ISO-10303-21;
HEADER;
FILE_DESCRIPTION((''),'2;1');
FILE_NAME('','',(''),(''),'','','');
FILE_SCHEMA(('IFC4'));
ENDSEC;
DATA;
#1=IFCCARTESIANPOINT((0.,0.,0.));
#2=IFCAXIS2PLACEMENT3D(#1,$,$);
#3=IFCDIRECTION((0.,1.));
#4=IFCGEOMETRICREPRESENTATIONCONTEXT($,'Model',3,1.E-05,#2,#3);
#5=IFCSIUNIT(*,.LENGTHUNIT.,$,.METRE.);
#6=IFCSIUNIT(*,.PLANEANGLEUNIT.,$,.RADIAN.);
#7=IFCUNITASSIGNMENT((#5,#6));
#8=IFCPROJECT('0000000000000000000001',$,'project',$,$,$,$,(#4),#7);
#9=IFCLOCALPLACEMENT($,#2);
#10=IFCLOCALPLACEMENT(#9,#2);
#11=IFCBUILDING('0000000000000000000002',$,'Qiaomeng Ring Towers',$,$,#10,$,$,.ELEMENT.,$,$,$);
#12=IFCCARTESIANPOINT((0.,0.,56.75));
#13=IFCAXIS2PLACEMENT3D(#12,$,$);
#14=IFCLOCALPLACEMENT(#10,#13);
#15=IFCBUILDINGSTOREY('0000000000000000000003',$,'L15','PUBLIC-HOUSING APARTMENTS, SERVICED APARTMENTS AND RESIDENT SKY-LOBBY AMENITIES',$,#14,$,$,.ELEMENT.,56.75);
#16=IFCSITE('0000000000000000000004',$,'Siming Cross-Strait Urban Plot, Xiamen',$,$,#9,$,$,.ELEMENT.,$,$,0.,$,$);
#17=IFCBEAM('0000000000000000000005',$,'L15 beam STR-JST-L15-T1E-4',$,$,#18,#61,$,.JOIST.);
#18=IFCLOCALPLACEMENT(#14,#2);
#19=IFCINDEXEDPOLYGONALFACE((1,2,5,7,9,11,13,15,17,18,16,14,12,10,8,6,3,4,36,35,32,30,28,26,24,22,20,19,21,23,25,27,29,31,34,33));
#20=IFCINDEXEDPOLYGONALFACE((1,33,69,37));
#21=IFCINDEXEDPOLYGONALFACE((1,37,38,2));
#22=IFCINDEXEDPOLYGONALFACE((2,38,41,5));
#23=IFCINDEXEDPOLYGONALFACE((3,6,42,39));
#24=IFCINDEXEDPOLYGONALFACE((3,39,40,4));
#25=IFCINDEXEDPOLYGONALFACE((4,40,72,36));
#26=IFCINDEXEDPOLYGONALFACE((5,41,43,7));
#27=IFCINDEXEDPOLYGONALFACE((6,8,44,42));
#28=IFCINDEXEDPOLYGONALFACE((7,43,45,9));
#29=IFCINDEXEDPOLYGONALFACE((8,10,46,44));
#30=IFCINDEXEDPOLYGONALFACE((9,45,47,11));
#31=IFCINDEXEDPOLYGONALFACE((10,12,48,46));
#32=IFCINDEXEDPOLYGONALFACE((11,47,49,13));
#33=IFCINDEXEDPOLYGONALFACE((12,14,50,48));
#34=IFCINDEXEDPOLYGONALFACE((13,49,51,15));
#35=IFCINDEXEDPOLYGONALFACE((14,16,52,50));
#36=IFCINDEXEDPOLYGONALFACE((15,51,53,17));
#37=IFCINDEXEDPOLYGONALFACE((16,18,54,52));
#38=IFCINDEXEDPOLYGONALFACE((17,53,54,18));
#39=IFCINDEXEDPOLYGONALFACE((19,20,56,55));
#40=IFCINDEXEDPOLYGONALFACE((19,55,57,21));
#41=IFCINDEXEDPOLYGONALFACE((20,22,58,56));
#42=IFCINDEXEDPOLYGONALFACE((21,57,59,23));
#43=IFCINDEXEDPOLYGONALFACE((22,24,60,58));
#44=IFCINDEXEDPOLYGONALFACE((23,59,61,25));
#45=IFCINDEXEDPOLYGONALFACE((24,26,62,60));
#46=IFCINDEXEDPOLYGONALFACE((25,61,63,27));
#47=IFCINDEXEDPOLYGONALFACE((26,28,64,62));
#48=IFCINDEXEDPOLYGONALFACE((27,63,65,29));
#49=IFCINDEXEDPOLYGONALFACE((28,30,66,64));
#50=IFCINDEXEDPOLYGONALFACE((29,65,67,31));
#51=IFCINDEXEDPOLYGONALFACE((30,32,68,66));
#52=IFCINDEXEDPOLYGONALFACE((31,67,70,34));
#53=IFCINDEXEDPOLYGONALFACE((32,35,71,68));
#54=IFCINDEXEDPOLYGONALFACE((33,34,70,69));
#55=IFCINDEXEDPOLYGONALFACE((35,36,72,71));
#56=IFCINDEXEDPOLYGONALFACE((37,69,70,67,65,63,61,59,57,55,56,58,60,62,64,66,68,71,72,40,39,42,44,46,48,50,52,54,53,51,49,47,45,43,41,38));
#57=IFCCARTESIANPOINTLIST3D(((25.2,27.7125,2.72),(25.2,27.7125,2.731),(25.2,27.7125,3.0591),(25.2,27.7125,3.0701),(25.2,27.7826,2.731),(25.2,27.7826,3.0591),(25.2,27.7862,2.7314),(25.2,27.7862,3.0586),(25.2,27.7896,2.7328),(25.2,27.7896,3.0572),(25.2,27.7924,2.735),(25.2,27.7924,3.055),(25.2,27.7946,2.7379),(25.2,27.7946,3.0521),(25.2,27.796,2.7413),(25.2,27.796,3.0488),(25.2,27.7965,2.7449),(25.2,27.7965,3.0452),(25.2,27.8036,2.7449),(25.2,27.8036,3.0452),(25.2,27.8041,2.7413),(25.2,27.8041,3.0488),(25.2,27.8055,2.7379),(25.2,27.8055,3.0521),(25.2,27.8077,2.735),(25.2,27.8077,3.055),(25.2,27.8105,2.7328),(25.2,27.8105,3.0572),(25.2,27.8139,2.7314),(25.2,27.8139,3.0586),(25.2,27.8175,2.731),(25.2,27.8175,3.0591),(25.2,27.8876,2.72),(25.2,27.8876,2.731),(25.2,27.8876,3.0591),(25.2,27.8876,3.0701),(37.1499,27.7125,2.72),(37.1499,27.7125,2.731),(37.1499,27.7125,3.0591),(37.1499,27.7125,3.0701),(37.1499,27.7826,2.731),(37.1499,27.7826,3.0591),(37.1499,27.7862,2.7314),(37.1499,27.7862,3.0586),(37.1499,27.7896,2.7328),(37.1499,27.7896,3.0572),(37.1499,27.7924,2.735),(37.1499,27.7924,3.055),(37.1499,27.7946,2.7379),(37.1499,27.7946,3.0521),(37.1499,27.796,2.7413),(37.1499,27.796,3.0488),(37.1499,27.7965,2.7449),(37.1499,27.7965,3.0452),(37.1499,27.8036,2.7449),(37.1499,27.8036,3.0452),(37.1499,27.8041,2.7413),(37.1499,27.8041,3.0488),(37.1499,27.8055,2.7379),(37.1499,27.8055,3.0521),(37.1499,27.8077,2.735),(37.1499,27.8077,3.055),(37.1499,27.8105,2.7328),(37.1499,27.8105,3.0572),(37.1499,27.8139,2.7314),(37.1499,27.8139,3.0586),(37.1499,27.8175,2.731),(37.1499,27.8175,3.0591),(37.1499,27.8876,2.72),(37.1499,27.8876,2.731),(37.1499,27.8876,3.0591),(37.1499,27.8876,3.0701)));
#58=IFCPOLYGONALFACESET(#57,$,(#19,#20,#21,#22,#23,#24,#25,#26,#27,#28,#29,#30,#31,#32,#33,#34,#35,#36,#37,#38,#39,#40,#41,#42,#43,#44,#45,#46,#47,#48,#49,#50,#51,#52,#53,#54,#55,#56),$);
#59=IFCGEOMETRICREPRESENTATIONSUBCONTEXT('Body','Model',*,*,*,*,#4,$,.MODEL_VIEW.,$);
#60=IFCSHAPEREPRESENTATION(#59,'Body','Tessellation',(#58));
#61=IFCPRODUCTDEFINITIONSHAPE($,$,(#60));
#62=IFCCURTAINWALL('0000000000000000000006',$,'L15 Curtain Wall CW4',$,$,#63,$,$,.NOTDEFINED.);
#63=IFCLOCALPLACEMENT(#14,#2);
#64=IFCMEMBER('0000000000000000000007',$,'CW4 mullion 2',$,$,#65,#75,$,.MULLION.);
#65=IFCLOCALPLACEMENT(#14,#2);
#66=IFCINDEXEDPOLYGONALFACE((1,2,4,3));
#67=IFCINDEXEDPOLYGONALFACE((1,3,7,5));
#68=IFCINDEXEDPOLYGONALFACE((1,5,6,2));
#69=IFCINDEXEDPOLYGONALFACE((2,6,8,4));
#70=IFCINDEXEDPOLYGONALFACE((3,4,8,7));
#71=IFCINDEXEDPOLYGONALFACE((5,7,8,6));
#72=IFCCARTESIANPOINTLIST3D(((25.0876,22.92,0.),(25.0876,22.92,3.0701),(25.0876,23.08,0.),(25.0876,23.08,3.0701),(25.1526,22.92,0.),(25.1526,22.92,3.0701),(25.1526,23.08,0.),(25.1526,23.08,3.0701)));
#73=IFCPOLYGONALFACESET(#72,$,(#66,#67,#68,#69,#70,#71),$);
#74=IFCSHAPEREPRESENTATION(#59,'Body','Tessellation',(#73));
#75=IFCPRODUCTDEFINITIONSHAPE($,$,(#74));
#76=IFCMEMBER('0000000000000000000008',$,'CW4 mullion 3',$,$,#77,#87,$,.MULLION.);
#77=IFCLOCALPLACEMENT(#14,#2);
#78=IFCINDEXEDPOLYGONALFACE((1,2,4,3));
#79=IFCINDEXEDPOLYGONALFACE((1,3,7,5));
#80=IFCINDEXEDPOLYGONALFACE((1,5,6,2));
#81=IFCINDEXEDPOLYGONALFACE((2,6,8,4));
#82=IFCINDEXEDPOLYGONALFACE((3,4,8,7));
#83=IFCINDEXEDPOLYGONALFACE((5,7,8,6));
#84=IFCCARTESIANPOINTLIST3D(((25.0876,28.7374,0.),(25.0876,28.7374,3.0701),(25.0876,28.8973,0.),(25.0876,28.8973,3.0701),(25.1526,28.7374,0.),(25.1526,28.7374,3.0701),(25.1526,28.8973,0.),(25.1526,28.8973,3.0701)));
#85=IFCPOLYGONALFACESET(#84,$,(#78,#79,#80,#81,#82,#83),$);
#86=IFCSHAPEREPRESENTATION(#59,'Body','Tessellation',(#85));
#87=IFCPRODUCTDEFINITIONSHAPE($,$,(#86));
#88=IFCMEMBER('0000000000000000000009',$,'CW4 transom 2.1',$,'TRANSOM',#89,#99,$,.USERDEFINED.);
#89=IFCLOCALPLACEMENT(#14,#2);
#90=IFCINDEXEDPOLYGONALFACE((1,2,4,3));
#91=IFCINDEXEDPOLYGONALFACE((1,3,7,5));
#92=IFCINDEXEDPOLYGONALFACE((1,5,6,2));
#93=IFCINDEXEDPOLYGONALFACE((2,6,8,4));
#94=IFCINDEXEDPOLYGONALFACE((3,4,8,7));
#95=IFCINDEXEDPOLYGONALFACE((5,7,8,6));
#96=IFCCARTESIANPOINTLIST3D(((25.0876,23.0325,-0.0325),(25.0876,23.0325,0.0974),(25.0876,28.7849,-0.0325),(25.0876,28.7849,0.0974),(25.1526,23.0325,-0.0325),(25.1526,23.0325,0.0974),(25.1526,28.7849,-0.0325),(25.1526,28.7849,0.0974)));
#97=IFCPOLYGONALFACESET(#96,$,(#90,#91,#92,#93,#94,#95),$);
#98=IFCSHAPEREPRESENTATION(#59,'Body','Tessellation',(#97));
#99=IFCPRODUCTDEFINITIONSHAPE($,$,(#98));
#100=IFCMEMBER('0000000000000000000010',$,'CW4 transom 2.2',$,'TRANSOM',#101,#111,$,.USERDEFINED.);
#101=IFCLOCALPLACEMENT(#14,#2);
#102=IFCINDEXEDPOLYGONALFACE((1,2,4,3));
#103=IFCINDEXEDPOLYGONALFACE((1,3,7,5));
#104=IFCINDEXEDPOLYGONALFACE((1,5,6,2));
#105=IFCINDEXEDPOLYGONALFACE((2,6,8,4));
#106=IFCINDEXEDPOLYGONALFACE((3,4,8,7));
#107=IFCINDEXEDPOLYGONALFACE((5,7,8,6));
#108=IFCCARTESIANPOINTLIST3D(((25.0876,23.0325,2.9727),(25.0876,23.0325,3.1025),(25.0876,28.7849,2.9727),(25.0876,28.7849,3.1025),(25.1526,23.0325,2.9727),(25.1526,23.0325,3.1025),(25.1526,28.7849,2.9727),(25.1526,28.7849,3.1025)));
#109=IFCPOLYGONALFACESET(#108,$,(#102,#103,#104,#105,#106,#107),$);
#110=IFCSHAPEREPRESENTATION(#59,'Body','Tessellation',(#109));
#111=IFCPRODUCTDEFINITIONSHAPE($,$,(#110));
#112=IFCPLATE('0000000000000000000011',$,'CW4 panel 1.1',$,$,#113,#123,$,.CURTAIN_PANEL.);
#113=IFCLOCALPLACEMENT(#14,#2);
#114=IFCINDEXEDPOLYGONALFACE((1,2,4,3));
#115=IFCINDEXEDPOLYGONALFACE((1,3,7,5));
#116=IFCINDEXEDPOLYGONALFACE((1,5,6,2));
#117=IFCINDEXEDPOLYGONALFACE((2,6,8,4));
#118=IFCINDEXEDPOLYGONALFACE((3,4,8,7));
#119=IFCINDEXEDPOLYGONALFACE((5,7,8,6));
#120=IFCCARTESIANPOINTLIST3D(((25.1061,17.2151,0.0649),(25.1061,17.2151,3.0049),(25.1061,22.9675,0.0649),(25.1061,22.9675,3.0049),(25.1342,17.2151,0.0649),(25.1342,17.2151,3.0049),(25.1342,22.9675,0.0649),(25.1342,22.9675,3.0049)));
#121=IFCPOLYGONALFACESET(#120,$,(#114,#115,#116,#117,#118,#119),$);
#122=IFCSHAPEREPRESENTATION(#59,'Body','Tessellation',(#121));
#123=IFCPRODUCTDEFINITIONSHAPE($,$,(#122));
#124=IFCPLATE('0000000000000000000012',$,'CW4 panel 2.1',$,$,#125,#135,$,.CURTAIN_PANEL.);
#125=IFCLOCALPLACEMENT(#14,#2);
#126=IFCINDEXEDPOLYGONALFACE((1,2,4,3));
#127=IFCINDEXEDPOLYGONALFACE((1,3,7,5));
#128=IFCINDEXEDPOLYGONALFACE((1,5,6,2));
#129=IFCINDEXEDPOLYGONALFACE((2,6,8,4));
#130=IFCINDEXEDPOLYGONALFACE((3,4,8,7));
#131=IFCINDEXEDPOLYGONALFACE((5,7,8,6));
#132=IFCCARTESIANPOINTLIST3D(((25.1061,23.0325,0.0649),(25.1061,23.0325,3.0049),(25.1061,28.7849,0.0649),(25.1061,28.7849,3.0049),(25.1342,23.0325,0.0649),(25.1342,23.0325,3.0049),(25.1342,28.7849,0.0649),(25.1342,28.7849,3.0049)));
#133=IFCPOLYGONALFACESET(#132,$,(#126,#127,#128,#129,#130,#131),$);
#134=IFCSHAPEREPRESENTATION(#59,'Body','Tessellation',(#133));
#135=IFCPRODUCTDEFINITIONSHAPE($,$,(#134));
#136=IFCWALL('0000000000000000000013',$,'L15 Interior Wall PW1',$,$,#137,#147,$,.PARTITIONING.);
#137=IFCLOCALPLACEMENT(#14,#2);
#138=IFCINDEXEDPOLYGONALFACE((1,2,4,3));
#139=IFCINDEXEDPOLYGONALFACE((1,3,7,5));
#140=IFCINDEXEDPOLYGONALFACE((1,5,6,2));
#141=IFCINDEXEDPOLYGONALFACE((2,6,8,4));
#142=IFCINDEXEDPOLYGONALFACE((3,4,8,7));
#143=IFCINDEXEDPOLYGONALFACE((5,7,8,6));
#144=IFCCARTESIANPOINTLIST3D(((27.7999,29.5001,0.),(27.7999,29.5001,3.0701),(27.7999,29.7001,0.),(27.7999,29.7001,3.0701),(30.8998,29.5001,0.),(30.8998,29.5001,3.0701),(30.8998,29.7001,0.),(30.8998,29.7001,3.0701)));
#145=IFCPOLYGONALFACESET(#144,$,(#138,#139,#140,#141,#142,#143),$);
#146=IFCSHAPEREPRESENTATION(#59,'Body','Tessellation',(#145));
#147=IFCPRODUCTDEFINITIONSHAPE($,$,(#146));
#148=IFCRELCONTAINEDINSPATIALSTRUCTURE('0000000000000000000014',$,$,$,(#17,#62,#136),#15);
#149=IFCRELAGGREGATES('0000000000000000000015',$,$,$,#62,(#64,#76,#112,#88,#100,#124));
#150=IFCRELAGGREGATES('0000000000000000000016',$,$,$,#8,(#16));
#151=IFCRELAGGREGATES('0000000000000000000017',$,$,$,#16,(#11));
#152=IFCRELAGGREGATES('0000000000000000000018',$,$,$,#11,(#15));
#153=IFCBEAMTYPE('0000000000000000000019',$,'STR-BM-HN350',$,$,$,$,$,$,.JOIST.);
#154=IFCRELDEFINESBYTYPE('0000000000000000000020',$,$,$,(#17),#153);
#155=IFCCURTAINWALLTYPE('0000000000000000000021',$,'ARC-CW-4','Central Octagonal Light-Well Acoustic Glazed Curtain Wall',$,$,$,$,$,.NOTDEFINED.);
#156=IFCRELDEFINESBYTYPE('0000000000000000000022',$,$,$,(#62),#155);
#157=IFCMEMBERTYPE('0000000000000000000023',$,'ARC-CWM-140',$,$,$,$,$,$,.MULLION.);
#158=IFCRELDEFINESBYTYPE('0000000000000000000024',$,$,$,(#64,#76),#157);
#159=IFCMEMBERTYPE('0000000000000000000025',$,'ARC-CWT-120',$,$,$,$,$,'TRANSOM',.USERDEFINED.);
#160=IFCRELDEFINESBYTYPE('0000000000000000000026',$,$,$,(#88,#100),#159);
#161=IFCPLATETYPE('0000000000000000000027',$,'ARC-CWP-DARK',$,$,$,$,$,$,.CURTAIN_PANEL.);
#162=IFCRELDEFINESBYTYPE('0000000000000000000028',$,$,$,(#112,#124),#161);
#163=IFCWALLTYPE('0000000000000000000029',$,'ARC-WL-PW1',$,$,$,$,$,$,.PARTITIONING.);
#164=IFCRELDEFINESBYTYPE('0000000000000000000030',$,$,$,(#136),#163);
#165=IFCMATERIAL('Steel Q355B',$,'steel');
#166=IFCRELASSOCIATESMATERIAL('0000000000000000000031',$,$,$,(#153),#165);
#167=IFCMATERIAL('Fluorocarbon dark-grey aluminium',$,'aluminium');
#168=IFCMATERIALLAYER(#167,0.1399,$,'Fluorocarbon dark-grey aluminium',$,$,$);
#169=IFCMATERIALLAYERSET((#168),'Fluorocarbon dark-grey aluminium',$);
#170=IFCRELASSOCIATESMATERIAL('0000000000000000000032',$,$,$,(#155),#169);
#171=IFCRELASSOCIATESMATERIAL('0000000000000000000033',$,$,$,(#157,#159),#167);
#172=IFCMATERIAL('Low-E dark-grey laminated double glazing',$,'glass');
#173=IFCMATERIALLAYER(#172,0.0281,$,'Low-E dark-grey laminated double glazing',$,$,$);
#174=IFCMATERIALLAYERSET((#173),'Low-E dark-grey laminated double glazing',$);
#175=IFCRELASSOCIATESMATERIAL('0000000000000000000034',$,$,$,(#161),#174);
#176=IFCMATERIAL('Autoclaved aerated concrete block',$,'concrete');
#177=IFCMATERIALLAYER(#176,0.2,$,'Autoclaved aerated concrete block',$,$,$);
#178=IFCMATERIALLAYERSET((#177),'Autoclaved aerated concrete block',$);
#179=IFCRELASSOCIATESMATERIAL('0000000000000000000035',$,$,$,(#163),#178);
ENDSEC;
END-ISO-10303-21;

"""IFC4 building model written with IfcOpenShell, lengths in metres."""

from ifc_helpers import new_model, si_unit, direction, frame, frame_2d, origin, origin_2d, place, context, subcontext, project, spatial, rectangle, i_section, extrude, source, transform, mapped, material, layer, layer_set, material_profile, profile_set, type_object, element, aggregate, save


model = new_model("IFC4")

# Units and contexts
model_context = context("Model", 3, precision=1e-05, world=origin(), true_north=direction((0.0, 1.0)))
body_context = subcontext(model_context, "Body", "Model", "MODEL_VIEW")
ifc_project = project(units=[si_unit("LENGTHUNIT", "METRE"), si_unit("PLANEANGLEUNIT", "RADIAN")], contexts=[model_context])

# Site, building, storey
site_placement = place(None, origin())
site = spatial("IfcSite", under=ifc_project, at=site_placement, Name="Siming Cross-Strait Urban Plot, Xiamen", CompositionType="ELEMENT", RefElevation=0.0)
building_placement = place(site_placement, origin())
building = spatial("IfcBuilding", under=site, at=building_placement, Name="Qiaomeng Ring Towers", CompositionType="ELEMENT")
storey_placement = place(building_placement, frame((0.0, 0.0, 56.75)))
storey = spatial("IfcBuildingStorey", under=building, at=storey_placement, Name="L15", Description="PUBLIC-HOUSING APARTMENTS, SERVICED APARTMENTS AND RESIDENT SKY-LOBBY AMENITIES", CompositionType="ELEMENT", Elevation=56.75)

# Beam
ifc_material_1 = material(Name="Steel Q355B", Category="steel")
ifc_material_profile_1 = material_profile(ifc_material_1, i_section(OverallWidth=0.175, OverallDepth=0.3501, WebThickness=0.0071, FlangeThickness=0.011, FilletRadius=0.0139, at=origin_2d()), Name="HN 350x175x7x11")
ifc_profile_set_1 = profile_set([ifc_material_profile_1], Name="Steel Q355B")
beam_type_1 = type_object("IfcBeamType", Name="STR-BM-HN350", PredefinedType="JOIST", material=ifc_profile_set_1)
shared_shape_1 = source(origin(), body_context, "Body", "SweptSolid", [
    extrude(i_section(OverallWidth=0.175, OverallDepth=0.3501, WebThickness=0.0071, FlangeThickness=0.011, FilletRadius=0.0139, at=origin_2d()), origin(), (0.0, 0.0, 1.0), 11.95),
])
for number, where, z_axis, x_axis, name in (
    (1, (25.2, 27.8, 2.895), (1.0, 0.0, 0.0), (0.0, 1.0, 0.0), "L15 beam STR-JST-L15-T1E-4"),
):
    element("IfcBeam", number, at=place(storey_placement, frame(where, z_axis=z_axis, x_axis=x_axis)), inside=storey, type_object=beam_type_1, Name=name, PredefinedType="JOIST", context=body_context, shape_type="MappedRepresentation", body=[
        mapped(shared_shape_1, transform((0.0, 0.0, 0.0), x_axis=(1.0, 0.0, 0.0), y_axis=(0.0, 1.0, 0.0), z_axis=(0.0, 0.0, 1.0), scale=1.0)),
    ])

# Curtain wall, members, plates
ifc_material_2 = material(Name="Fluorocarbon dark-grey aluminium", Category="aluminium")
ifc_layer_1 = layer(ifc_material_2, 0.1399, Name="Fluorocarbon dark-grey aluminium")
ifc_layer_set_1 = layer_set([ifc_layer_1], Name="Fluorocarbon dark-grey aluminium")
curtain_wall_type = type_object("IfcCurtainWallType", Name="ARC-CW-4", Description="Central Octagonal Light-Well Acoustic Glazed Curtain Wall", PredefinedType="NOTDEFINED", material=ifc_layer_set_1)
curtain_wall_placement = place(storey_placement, origin())
curtain_wall = element("IfcCurtainWall", 2, at=curtain_wall_placement, inside=storey, type_object=curtain_wall_type, Name="L15 Curtain Wall CW4", PredefinedType="NOTDEFINED")
ifc_material_profile_2 = material_profile(ifc_material_2, rectangle(XDim=0.0649, YDim=0.1599, at=origin_2d()), Name="ALU MULL 65x160")
ifc_profile_set_2 = profile_set([ifc_material_profile_2], Name="Fluorocarbon dark-grey aluminium")
member_type_1 = type_object("IfcMemberType", Name="ARC-CWM-140", PredefinedType="MULLION", material=ifc_profile_set_2)
shared_shape_2 = source(origin(), body_context, "Body", "SweptSolid", [
    extrude(rectangle(XDim=0.0649, YDim=0.1599, at=origin_2d()), origin(), (0.0, 0.0, 1.0), 3.0701),
])
member_1_placement = place(storey_placement, frame((25.1201, 23.0, 0.0), z_axis=(0.0, 0.0, 1.0), x_axis=(-1.0, 0.0, 0.0)))
member_1 = element("IfcMember", 3, at=member_1_placement, type_object=member_type_1, Name="CW4 mullion 2", PredefinedType="MULLION", context=body_context, shape_type="MappedRepresentation", body=[
    mapped(shared_shape_2, transform((0.0, 0.0, 0.0), x_axis=(1.0, 0.0, 0.0), y_axis=(0.0, 1.0, 0.0), z_axis=(0.0, 0.0, 1.0), scale=1.0)),
])
member_2_placement = place(storey_placement, frame((25.1201, 28.8174, 0.0), z_axis=(0.0, 0.0, 1.0), x_axis=(-1.0, 0.0, 0.0)))
member_2 = element("IfcMember", 4, at=member_2_placement, type_object=member_type_1, Name="CW4 mullion 3", PredefinedType="MULLION", context=body_context, shape_type="MappedRepresentation", body=[
    mapped(shared_shape_2, transform((0.0, 0.0, 0.0), x_axis=(1.0, 0.0, 0.0), y_axis=(0.0, 1.0, 0.0), z_axis=(0.0, 0.0, 1.0), scale=1.0)),
])
ifc_material_profile_3 = material_profile(ifc_material_2, rectangle(XDim=0.0649, YDim=0.1299, at=origin_2d()), Name="ALU TRAN 65x130")
ifc_profile_set_3 = profile_set([ifc_material_profile_3], Name="Fluorocarbon dark-grey aluminium")
member_type_2 = type_object("IfcMemberType", Name="ARC-CWT-120", ElementType="TRANSOM", PredefinedType="USERDEFINED", material=ifc_profile_set_3)
shared_shape_3 = source(origin(), body_context, "Body", "SweptSolid", [
    extrude(rectangle(XDim=0.0649, YDim=0.1299, at=origin_2d()), origin(), (0.0, 0.0, 1.0), 5.7524),
])
member_3_placement = place(storey_placement, frame((25.1201, 23.0325, 0.0325), z_axis=(0.0, 1.0, 0.0), x_axis=(-1.0, 0.0, 0.0)))
member_3 = element("IfcMember", 5, at=member_3_placement, type_object=member_type_2, Name="CW4 transom 2.1", ObjectType="TRANSOM", PredefinedType="USERDEFINED", context=body_context, shape_type="MappedRepresentation", body=[
    mapped(shared_shape_3, transform((0.0, 0.0, 0.0), x_axis=(1.0, 0.0, 0.0), y_axis=(0.0, 1.0, 0.0), z_axis=(0.0, 0.0, 1.0), scale=1.0)),
])
member_4_placement = place(storey_placement, frame((25.1201, 23.0325, 3.0376), z_axis=(0.0, 1.0, 0.0), x_axis=(-1.0, 0.0, 0.0)))
member_4 = element("IfcMember", 6, at=member_4_placement, type_object=member_type_2, Name="CW4 transom 2.2", ObjectType="TRANSOM", PredefinedType="USERDEFINED", context=body_context, shape_type="MappedRepresentation", body=[
    mapped(shared_shape_3, transform((0.0, 0.0, 0.0), x_axis=(1.0, 0.0, 0.0), y_axis=(0.0, 1.0, 0.0), z_axis=(0.0, 0.0, 1.0), scale=1.0)),
])
ifc_material_3 = material(Name="Low-E dark-grey laminated double glazing", Category="glass")
ifc_layer_2 = layer(ifc_material_3, 0.0281, Name="Low-E dark-grey laminated double glazing")
ifc_layer_set_2 = layer_set([ifc_layer_2], Name="Low-E dark-grey laminated double glazing")
plate_type = type_object("IfcPlateType", Name="ARC-CWP-DARK", PredefinedType="CURTAIN_PANEL", material=ifc_layer_set_2)
shared_shape_4 = source(origin(), body_context, "Body", "SweptSolid", [
    extrude(rectangle(XDim=5.7524, YDim=0.0281, at=origin_2d()), origin(), (0.0, 0.0, 1.0), 2.9399),
])
plate_1_placement = place(storey_placement, frame((25.1201, 20.0913, 0.0649), z_axis=(0.0, 0.0, 1.0), x_axis=(0.0, 1.0, 0.0)))
plate_1 = element("IfcPlate", 7, at=plate_1_placement, type_object=plate_type, Name="CW4 panel 1.1", PredefinedType="CURTAIN_PANEL", context=body_context, shape_type="MappedRepresentation", body=[
    mapped(shared_shape_4, transform((0.0, 0.0, 0.0), x_axis=(1.0, 0.0, 0.0), y_axis=(0.0, 1.0, 0.0), z_axis=(0.0, 0.0, 1.0), scale=1.0)),
])
plate_2_placement = place(storey_placement, frame((25.1201, 25.9087, 0.0649), z_axis=(0.0, 0.0, 1.0), x_axis=(0.0, 1.0, 0.0)))
plate_2 = element("IfcPlate", 8, at=plate_2_placement, type_object=plate_type, Name="CW4 panel 2.1", PredefinedType="CURTAIN_PANEL", context=body_context, shape_type="MappedRepresentation", body=[
    mapped(shared_shape_4, transform((0.0, 0.0, 0.0), x_axis=(1.0, 0.0, 0.0), y_axis=(0.0, 1.0, 0.0), z_axis=(0.0, 0.0, 1.0), scale=1.0)),
])
aggregate(curtain_wall, [member_1, member_2, plate_1, member_3, member_4, plate_2])

# Wall
ifc_material_4 = material(Name="Autoclaved aerated concrete block", Category="concrete")
ifc_layer_3 = layer(ifc_material_4, 0.2, Name="Autoclaved aerated concrete block")
ifc_layer_set_3 = layer_set([ifc_layer_3], Name="Autoclaved aerated concrete block")
wall_type_1 = type_object("IfcWallType", Name="ARC-WL-PW1", PredefinedType="PARTITIONING", material=ifc_layer_set_3)
wall_1_placement = place(storey_placement, frame((27.8, 29.6001, 0.0), z_axis=(0.0, 0.0, 1.0), x_axis=(1.0, 0.0, 0.0)))
element("IfcWall", 9, at=wall_1_placement, inside=storey, type_object=wall_type_1, Name="L15 Interior Wall PW1", PredefinedType="PARTITIONING", context=body_context, shape_type="SweptSolid", body=[
    extrude(rectangle(XDim=3.0999, YDim=0.2, at=frame_2d((1.5498, 0.0))), origin(), (0.0, 0.0, 1.0), 3.0701),
])

save(model, "model.ifc")
